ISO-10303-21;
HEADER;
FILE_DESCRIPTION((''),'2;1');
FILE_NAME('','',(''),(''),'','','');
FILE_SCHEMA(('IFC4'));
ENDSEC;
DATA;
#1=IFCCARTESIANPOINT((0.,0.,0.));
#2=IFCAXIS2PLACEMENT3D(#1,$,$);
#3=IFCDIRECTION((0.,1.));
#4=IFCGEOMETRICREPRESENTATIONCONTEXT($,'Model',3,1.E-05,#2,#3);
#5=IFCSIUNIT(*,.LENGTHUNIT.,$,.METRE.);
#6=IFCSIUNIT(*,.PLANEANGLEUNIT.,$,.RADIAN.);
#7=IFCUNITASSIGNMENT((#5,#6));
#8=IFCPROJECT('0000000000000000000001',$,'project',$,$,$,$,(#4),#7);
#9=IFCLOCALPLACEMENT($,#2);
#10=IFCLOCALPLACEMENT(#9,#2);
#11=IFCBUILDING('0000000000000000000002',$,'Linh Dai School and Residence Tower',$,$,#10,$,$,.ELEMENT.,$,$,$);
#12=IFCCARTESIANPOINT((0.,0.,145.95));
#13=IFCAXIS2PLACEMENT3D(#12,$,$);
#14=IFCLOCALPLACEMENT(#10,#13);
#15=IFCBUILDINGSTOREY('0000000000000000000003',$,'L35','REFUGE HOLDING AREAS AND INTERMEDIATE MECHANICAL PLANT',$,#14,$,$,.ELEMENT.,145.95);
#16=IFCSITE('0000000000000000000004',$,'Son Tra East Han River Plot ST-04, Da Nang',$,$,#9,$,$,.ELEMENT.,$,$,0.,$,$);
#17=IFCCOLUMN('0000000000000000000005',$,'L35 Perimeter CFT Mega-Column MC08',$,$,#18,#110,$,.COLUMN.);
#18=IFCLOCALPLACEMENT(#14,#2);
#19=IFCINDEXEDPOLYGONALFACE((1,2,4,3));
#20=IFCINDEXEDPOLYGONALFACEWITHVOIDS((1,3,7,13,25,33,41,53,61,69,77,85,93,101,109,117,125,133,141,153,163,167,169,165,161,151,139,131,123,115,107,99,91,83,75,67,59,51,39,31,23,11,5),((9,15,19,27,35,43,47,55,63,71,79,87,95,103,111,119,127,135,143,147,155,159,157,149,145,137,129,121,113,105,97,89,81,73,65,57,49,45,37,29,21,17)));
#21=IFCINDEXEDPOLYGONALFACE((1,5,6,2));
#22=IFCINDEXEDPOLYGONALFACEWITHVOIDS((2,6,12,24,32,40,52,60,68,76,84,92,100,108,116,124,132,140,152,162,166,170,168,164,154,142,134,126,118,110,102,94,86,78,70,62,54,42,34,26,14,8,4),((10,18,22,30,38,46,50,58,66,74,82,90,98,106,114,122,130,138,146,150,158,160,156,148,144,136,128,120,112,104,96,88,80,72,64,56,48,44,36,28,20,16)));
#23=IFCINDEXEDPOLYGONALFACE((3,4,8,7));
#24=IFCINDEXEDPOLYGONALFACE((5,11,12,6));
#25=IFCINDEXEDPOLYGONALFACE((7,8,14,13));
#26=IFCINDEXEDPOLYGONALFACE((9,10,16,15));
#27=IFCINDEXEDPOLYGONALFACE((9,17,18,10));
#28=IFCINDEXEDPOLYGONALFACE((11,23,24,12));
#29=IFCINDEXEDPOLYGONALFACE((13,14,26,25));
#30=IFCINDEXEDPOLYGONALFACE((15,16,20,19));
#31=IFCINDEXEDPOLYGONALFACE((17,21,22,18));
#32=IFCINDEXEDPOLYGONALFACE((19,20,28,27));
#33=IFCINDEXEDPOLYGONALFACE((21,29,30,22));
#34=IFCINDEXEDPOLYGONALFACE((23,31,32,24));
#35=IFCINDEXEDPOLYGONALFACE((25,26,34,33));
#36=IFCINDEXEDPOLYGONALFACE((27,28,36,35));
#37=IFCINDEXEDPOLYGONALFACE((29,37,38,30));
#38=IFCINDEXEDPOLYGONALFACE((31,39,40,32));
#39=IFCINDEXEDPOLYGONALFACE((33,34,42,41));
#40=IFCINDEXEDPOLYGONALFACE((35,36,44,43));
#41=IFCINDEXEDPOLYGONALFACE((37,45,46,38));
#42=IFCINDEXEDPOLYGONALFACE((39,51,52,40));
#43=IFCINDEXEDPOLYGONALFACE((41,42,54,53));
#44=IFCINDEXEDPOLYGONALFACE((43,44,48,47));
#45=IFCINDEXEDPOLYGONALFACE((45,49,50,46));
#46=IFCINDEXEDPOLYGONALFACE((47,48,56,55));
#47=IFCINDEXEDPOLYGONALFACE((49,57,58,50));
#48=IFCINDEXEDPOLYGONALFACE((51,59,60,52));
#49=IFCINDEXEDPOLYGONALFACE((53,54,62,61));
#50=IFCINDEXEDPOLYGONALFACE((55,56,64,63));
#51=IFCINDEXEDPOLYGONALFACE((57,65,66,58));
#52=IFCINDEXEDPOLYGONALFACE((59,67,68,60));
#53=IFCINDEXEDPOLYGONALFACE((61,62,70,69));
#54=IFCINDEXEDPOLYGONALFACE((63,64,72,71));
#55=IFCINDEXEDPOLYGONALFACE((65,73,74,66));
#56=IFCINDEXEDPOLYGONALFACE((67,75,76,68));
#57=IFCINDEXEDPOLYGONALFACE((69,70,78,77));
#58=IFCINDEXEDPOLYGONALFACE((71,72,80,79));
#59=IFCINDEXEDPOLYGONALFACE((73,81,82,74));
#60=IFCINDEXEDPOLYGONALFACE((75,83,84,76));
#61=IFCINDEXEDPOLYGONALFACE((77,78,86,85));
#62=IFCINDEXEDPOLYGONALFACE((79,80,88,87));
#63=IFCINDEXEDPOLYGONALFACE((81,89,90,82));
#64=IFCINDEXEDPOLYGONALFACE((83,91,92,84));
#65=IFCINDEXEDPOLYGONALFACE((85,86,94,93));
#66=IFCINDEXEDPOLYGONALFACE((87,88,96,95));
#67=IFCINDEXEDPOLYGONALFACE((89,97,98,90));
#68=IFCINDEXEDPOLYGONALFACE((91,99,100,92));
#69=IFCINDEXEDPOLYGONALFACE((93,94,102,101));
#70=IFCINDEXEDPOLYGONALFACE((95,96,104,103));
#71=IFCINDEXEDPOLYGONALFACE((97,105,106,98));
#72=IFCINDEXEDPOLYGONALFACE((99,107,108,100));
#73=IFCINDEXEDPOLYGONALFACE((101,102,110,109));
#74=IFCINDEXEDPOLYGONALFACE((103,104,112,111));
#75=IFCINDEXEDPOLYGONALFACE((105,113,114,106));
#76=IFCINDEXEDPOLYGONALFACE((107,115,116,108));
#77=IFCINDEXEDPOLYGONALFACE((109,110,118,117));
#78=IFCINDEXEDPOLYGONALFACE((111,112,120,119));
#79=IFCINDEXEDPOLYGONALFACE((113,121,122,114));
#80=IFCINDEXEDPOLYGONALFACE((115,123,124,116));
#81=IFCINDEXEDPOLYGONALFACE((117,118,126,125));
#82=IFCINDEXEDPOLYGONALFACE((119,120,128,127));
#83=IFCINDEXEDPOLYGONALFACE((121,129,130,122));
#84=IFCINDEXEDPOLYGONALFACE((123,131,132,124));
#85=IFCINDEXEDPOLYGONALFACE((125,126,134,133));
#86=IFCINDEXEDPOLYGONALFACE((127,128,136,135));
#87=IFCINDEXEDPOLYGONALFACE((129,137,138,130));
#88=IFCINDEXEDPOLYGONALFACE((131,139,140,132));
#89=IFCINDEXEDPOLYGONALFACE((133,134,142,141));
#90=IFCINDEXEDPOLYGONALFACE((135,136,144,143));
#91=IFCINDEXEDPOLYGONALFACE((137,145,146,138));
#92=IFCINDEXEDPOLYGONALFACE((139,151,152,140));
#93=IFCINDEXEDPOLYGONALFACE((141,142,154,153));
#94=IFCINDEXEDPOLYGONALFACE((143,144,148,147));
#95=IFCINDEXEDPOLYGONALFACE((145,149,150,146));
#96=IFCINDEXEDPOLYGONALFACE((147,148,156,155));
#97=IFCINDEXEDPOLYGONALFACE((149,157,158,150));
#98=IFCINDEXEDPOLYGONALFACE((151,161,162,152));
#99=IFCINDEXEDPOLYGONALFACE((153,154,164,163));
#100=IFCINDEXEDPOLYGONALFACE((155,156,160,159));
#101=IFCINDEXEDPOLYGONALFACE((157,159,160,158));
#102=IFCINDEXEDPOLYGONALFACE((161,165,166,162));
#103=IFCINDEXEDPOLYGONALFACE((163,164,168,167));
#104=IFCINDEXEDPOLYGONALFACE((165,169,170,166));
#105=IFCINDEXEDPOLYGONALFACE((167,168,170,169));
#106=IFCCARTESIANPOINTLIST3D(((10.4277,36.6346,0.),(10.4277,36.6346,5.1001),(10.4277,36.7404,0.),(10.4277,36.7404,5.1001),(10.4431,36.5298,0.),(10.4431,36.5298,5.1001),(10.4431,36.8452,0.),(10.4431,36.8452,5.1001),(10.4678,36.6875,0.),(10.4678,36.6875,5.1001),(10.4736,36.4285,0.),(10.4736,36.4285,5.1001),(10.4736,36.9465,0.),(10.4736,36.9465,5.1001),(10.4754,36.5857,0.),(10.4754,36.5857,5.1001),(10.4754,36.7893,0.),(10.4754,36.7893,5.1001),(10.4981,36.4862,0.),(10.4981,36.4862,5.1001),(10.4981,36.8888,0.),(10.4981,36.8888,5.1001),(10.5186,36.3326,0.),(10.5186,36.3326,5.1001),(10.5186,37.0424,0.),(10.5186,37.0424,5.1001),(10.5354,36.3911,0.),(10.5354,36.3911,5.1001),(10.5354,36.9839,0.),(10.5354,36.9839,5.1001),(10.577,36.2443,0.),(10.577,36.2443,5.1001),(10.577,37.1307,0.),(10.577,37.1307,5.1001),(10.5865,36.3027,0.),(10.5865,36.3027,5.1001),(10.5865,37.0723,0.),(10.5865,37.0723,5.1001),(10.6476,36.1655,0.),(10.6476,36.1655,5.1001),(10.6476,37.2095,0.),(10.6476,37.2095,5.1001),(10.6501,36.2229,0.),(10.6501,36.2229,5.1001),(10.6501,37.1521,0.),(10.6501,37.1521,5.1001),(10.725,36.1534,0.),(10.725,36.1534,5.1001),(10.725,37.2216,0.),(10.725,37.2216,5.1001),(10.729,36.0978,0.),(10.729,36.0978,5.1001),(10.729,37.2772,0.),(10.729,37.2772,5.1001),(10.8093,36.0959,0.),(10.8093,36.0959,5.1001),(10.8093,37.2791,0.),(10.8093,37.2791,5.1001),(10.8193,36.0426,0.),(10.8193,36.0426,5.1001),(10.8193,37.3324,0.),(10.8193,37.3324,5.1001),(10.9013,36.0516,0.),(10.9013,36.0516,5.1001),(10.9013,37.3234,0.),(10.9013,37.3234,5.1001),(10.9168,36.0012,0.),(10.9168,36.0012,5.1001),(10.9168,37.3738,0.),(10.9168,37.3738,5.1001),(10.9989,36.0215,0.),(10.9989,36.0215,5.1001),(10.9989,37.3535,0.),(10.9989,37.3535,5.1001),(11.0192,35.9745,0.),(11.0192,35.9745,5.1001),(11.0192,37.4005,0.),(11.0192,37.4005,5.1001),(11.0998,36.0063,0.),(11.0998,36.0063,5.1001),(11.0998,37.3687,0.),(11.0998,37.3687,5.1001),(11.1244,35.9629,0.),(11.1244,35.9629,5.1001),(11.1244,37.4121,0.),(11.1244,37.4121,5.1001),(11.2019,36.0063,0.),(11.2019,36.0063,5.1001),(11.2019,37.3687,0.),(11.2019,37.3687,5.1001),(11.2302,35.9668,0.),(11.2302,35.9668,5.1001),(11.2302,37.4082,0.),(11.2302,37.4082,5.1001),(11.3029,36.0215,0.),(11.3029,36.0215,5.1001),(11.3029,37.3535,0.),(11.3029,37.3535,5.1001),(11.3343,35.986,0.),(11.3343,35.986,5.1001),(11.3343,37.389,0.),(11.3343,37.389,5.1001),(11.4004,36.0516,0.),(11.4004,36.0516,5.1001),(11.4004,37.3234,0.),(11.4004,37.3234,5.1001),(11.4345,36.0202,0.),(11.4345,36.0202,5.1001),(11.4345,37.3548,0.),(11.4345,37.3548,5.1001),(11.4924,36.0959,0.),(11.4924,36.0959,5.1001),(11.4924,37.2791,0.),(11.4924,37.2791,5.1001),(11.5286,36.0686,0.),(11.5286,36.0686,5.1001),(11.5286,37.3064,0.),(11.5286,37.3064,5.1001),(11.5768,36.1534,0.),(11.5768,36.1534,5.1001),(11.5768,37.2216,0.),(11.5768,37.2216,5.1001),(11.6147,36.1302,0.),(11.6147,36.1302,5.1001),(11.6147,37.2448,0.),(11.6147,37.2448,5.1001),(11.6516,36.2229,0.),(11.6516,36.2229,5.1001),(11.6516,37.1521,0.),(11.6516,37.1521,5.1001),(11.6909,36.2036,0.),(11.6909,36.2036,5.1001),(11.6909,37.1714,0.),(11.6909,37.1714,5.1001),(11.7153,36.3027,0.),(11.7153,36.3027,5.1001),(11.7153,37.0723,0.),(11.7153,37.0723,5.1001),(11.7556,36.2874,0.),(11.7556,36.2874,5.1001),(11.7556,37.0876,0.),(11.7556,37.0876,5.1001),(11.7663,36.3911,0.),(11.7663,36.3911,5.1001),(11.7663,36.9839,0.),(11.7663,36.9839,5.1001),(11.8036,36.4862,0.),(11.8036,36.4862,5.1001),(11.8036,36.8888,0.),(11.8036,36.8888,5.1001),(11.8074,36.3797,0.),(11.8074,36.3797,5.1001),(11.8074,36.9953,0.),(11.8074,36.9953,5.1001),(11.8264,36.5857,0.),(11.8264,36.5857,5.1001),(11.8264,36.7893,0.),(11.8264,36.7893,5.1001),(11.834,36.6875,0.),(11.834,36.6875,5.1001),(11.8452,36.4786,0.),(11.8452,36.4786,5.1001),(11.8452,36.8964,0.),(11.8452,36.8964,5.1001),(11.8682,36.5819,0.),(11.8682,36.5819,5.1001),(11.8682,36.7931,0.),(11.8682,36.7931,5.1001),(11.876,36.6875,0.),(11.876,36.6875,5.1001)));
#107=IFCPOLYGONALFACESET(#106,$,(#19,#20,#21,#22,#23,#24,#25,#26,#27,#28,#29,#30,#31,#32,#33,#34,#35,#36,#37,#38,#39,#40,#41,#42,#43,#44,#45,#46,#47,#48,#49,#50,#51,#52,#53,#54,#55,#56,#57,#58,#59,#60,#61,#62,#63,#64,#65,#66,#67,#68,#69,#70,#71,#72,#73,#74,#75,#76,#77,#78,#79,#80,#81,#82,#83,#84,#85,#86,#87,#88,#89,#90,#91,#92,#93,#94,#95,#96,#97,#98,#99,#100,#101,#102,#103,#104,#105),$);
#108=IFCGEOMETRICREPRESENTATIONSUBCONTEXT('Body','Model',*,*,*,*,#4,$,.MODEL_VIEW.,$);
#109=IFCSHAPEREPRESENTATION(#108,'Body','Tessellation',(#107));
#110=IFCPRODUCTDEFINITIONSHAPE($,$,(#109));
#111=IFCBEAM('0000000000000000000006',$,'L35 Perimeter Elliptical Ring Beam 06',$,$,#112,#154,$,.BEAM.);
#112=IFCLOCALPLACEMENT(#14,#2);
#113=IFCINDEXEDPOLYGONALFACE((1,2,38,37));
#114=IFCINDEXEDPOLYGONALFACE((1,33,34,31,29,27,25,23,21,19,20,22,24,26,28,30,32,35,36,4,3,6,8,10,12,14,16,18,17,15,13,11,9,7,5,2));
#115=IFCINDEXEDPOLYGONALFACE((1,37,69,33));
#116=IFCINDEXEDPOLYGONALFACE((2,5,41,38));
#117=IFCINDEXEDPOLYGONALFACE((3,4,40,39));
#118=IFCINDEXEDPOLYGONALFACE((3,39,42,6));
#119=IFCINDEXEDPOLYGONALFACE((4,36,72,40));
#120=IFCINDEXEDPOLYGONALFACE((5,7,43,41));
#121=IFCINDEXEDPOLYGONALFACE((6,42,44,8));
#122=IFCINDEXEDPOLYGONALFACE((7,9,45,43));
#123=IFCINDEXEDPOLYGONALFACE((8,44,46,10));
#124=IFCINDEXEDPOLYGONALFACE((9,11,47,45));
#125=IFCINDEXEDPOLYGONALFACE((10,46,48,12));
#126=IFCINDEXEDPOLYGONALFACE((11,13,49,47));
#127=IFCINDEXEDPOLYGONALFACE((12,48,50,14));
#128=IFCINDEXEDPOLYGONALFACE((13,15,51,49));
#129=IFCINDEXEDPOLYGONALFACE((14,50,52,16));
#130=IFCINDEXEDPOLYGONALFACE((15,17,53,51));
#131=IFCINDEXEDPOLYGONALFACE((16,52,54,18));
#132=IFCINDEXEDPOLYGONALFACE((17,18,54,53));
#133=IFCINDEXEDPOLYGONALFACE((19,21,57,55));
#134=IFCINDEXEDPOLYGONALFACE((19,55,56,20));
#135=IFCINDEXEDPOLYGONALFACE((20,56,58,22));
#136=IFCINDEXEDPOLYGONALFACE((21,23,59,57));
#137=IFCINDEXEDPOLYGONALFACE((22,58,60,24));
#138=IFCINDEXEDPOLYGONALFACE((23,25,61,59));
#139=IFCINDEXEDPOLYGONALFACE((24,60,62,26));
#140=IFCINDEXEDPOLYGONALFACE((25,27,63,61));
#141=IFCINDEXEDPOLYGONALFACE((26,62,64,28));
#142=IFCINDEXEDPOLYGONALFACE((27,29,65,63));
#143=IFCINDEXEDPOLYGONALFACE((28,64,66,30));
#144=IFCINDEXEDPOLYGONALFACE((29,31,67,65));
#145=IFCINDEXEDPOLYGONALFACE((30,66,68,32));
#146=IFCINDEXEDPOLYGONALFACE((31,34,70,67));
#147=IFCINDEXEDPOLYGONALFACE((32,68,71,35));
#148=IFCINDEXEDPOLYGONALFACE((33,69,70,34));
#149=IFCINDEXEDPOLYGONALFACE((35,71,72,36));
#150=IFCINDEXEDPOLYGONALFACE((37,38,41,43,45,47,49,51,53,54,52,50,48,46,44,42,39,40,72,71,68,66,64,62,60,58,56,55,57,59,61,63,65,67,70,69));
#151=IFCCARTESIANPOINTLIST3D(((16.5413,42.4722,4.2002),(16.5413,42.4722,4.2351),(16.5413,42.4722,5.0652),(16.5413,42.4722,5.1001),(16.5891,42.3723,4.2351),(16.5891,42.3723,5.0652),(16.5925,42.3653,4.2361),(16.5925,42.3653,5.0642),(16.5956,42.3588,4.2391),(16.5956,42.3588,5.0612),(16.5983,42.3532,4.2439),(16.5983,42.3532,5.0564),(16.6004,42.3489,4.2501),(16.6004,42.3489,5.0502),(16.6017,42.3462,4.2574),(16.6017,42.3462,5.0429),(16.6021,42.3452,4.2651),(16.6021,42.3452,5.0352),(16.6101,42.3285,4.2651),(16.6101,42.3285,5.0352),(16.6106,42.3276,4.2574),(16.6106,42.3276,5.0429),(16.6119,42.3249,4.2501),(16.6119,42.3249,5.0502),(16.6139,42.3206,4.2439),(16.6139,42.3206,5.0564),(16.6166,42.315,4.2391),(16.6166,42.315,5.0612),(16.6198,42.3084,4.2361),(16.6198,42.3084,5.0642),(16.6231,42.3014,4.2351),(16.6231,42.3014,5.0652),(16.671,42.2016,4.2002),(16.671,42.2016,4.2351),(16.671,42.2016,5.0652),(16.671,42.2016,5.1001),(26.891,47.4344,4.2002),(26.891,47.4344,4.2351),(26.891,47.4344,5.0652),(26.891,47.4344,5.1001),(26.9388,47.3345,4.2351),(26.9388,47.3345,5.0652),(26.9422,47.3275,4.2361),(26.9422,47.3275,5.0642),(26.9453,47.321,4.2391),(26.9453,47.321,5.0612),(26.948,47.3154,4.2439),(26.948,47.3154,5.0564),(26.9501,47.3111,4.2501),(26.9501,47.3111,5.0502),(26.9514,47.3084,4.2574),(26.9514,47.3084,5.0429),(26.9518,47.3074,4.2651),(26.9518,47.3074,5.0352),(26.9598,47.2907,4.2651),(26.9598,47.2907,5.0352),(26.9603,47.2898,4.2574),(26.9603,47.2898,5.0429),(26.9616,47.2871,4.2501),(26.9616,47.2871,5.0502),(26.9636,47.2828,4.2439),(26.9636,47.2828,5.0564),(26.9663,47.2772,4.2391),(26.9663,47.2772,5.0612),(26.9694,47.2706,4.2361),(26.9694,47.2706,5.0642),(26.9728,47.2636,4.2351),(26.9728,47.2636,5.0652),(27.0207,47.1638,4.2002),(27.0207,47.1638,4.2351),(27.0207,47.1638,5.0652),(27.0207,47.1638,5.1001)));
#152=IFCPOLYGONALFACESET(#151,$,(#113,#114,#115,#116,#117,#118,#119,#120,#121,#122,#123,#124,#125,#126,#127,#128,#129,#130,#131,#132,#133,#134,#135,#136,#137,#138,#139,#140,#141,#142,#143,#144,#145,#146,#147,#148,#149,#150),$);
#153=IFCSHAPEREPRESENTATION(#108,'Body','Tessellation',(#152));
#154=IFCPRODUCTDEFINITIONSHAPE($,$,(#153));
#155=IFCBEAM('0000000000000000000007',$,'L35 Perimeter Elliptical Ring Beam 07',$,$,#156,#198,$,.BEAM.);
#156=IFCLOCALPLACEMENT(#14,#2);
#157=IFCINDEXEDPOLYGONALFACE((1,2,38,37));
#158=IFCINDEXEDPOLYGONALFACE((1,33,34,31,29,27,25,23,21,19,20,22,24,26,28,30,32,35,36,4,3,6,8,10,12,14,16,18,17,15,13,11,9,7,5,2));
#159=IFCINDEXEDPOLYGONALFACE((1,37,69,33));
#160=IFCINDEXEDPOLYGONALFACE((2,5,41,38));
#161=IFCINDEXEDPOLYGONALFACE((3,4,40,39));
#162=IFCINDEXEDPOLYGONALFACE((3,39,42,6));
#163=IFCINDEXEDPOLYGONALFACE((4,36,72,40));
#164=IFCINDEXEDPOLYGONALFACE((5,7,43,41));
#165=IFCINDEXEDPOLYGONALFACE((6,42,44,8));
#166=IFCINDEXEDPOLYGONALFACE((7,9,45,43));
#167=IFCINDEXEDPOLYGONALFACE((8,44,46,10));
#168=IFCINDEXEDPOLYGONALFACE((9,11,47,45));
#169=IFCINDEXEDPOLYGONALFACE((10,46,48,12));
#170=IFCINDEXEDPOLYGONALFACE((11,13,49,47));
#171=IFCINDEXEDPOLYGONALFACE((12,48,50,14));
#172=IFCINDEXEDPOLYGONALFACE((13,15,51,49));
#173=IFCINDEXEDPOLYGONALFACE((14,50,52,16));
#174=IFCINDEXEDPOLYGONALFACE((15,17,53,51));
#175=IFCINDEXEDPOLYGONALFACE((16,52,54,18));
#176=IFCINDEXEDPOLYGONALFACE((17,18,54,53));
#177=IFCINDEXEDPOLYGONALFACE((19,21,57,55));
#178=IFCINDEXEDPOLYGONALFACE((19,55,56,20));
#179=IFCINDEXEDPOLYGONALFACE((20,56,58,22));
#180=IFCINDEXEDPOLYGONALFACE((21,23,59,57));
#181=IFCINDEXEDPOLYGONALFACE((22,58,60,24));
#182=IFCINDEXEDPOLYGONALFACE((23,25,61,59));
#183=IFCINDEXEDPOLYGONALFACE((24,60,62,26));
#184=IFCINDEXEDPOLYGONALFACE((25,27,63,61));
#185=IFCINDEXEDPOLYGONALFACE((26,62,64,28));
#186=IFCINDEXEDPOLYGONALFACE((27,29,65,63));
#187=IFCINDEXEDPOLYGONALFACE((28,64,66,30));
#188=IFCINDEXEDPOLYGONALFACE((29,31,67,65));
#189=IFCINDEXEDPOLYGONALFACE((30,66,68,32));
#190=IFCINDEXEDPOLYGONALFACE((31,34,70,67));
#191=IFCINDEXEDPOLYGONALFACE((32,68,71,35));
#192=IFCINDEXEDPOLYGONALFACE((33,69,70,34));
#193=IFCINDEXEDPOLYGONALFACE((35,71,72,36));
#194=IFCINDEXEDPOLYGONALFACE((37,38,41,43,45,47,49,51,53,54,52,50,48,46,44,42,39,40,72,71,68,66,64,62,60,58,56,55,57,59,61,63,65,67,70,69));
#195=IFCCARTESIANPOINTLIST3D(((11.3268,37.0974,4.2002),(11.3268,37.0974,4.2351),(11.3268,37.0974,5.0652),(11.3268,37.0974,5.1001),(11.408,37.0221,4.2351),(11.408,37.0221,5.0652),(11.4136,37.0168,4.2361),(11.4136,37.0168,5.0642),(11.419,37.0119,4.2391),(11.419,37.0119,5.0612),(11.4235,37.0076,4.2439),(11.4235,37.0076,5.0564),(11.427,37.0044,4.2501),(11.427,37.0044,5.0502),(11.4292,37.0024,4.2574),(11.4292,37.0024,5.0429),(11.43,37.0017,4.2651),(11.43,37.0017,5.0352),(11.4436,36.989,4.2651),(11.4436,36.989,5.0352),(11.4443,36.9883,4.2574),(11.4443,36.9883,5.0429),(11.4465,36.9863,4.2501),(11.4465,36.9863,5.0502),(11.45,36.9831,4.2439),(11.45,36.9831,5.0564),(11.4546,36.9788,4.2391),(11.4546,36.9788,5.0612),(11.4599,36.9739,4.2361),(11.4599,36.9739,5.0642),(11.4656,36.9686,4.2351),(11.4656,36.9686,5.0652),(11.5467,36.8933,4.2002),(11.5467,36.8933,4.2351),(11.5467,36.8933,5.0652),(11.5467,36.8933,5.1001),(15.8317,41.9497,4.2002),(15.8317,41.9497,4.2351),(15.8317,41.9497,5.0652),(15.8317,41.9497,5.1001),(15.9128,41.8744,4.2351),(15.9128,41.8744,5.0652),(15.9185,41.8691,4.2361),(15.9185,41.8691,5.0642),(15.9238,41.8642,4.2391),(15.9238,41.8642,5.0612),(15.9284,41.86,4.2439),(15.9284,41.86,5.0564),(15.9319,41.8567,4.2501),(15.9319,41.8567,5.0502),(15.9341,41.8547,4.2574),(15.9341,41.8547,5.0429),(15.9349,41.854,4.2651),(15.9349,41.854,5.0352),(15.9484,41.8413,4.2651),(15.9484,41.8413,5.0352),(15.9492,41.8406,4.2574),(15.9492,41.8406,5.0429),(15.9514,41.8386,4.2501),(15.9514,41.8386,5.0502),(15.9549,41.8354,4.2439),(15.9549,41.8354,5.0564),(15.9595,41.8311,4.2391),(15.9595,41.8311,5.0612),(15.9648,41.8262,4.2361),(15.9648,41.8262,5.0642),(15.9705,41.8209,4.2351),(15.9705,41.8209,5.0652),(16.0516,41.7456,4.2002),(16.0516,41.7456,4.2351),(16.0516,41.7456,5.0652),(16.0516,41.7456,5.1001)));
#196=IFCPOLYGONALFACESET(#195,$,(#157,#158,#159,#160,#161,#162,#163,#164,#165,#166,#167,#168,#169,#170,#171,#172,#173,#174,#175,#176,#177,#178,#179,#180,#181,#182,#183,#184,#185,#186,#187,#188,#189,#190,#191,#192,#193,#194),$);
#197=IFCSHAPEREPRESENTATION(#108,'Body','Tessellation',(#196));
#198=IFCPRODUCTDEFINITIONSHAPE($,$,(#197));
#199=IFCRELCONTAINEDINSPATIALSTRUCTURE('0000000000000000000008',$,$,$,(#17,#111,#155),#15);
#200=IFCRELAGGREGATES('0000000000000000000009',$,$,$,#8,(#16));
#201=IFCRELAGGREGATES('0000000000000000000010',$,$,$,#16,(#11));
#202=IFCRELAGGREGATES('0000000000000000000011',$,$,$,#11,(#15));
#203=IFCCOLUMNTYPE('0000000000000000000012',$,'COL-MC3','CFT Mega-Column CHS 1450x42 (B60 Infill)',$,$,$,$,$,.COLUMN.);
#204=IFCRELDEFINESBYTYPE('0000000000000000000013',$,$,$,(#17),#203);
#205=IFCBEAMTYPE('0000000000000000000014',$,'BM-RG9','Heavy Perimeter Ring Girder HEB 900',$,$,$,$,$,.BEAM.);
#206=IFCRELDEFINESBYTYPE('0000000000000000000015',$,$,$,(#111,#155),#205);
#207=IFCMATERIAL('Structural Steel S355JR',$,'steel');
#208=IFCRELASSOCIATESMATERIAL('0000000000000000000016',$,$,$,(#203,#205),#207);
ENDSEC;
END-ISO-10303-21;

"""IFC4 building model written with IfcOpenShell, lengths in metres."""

from ifc_helpers import new_model, si_unit, direction, frame, origin, origin_2d, place, context, subcontext, project, spatial, hollow_circle, i_section, extrude, material, material_profile, profile_set, type_object, element, save


model = new_model("IFC4")

# Units and contexts
model_context = context("Model", 3, precision=1e-05, world=origin(), true_north=direction((0.0, 1.0)))
body_context = subcontext(model_context, "Body", "Model", "MODEL_VIEW")
ifc_project = project(units=[si_unit("LENGTHUNIT", "METRE"), si_unit("PLANEANGLEUNIT", "RADIAN")], contexts=[model_context])

# Site, building, storey
site_placement = place(None, origin())
site = spatial("IfcSite", under=ifc_project, at=site_placement, Name="Son Tra East Han River Plot ST-04, Da Nang", CompositionType="ELEMENT", RefElevation=0.0)
building_placement = place(site_placement, origin())
building = spatial("IfcBuilding", under=site, at=building_placement, Name="Linh Dai School and Residence Tower", CompositionType="ELEMENT")
storey_placement = place(building_placement, frame((0.0, 0.0, 145.95)))
storey = spatial("IfcBuildingStorey", under=building, at=storey_placement, Name="L35", Description="REFUGE HOLDING AREAS AND INTERMEDIATE MECHANICAL PLANT", CompositionType="ELEMENT", Elevation=145.95)

# Column
ifc_material_1 = material(Name="Structural Steel S355JR", Category="steel")
ifc_material_profile_1 = material_profile(ifc_material_1, hollow_circle(Radius=0.7251, WallThickness=0.042, at=origin_2d()), Name="CHS 1450x42")
ifc_profile_set_1 = profile_set([ifc_material_profile_1], Name="Structural Steel S355JR")
column_type = type_object("IfcColumnType", Name="COL-MC3", Description="CFT Mega-Column CHS 1450x42 (B60 Infill)", PredefinedType="COLUMN", material=ifc_profile_set_1)
for number, where, z_axis, x_axis, name in (
    (1, (11.1509, 36.6875, 0.0), (0.0, 0.0, 1.0), (1.0, 0.0, 0.0), "L35 Perimeter CFT Mega-Column MC08"),
):
    element("IfcColumn", number, at=place(storey_placement, frame(where, z_axis=z_axis, x_axis=x_axis)), inside=storey, type_object=column_type, Name=name, PredefinedType="COLUMN", context=body_context, shape_type="SweptSolid", body=[
        extrude(hollow_circle(Radius=0.7251, WallThickness=0.042, at=origin_2d()), origin(), (0.0, 0.0, 1.0), 5.1001),
    ])

# Beams
ifc_material_profile_2 = material_profile(ifc_material_1, i_section(OverallWidth=0.3, OverallDepth=0.8999, WebThickness=0.0186, FlangeThickness=0.0349, FilletRadius=0.03, at=origin_2d()), Name="HEB 900")
ifc_profile_set_2 = profile_set([ifc_material_profile_2], Name="Structural Steel S355JR")
beam_type_1 = type_object("IfcBeamType", Name="BM-RG9", Description="Heavy Perimeter Ring Girder HEB 900", PredefinedType="BEAM", material=ifc_profile_set_2)
beam_1_placement = place(storey_placement, frame((26.9558, 47.2991, 4.6501), z_axis=(-0.901715, -0.432331, 0.0), x_axis=(0.432331, -0.901715, 0.0)))
element("IfcBeam", 2, at=beam_1_placement, inside=storey, type_object=beam_type_1, Name="L35 Perimeter Elliptical Ring Beam 06", PredefinedType="BEAM", context=body_context, shape_type="SweptSolid", body=[
    extrude(i_section(OverallWidth=0.3, OverallDepth=0.8999, WebThickness=0.0186, FlangeThickness=0.0349, FilletRadius=0.03, at=origin_2d()), origin(), (0.0, 0.0, 1.0), 11.4778),
])
beam_2_placement = place(storey_placement, frame((15.9417, 41.8477, 4.6501), z_axis=(-0.680385, -0.732855, 0.0), x_axis=(0.732855, -0.680385, 0.0)))
element("IfcBeam", 3, at=beam_2_placement, inside=storey, type_object=beam_type_1, Name="L35 Perimeter Elliptical Ring Beam 07", PredefinedType="BEAM", context=body_context, shape_type="SweptSolid", body=[
    extrude(i_section(OverallWidth=0.3, OverallDepth=0.8999, WebThickness=0.0186, FlangeThickness=0.0349, FilletRadius=0.03, at=origin_2d()), origin(), (0.0, 0.0, 1.0), 6.6211),
])

save(model, "model.ifc")
